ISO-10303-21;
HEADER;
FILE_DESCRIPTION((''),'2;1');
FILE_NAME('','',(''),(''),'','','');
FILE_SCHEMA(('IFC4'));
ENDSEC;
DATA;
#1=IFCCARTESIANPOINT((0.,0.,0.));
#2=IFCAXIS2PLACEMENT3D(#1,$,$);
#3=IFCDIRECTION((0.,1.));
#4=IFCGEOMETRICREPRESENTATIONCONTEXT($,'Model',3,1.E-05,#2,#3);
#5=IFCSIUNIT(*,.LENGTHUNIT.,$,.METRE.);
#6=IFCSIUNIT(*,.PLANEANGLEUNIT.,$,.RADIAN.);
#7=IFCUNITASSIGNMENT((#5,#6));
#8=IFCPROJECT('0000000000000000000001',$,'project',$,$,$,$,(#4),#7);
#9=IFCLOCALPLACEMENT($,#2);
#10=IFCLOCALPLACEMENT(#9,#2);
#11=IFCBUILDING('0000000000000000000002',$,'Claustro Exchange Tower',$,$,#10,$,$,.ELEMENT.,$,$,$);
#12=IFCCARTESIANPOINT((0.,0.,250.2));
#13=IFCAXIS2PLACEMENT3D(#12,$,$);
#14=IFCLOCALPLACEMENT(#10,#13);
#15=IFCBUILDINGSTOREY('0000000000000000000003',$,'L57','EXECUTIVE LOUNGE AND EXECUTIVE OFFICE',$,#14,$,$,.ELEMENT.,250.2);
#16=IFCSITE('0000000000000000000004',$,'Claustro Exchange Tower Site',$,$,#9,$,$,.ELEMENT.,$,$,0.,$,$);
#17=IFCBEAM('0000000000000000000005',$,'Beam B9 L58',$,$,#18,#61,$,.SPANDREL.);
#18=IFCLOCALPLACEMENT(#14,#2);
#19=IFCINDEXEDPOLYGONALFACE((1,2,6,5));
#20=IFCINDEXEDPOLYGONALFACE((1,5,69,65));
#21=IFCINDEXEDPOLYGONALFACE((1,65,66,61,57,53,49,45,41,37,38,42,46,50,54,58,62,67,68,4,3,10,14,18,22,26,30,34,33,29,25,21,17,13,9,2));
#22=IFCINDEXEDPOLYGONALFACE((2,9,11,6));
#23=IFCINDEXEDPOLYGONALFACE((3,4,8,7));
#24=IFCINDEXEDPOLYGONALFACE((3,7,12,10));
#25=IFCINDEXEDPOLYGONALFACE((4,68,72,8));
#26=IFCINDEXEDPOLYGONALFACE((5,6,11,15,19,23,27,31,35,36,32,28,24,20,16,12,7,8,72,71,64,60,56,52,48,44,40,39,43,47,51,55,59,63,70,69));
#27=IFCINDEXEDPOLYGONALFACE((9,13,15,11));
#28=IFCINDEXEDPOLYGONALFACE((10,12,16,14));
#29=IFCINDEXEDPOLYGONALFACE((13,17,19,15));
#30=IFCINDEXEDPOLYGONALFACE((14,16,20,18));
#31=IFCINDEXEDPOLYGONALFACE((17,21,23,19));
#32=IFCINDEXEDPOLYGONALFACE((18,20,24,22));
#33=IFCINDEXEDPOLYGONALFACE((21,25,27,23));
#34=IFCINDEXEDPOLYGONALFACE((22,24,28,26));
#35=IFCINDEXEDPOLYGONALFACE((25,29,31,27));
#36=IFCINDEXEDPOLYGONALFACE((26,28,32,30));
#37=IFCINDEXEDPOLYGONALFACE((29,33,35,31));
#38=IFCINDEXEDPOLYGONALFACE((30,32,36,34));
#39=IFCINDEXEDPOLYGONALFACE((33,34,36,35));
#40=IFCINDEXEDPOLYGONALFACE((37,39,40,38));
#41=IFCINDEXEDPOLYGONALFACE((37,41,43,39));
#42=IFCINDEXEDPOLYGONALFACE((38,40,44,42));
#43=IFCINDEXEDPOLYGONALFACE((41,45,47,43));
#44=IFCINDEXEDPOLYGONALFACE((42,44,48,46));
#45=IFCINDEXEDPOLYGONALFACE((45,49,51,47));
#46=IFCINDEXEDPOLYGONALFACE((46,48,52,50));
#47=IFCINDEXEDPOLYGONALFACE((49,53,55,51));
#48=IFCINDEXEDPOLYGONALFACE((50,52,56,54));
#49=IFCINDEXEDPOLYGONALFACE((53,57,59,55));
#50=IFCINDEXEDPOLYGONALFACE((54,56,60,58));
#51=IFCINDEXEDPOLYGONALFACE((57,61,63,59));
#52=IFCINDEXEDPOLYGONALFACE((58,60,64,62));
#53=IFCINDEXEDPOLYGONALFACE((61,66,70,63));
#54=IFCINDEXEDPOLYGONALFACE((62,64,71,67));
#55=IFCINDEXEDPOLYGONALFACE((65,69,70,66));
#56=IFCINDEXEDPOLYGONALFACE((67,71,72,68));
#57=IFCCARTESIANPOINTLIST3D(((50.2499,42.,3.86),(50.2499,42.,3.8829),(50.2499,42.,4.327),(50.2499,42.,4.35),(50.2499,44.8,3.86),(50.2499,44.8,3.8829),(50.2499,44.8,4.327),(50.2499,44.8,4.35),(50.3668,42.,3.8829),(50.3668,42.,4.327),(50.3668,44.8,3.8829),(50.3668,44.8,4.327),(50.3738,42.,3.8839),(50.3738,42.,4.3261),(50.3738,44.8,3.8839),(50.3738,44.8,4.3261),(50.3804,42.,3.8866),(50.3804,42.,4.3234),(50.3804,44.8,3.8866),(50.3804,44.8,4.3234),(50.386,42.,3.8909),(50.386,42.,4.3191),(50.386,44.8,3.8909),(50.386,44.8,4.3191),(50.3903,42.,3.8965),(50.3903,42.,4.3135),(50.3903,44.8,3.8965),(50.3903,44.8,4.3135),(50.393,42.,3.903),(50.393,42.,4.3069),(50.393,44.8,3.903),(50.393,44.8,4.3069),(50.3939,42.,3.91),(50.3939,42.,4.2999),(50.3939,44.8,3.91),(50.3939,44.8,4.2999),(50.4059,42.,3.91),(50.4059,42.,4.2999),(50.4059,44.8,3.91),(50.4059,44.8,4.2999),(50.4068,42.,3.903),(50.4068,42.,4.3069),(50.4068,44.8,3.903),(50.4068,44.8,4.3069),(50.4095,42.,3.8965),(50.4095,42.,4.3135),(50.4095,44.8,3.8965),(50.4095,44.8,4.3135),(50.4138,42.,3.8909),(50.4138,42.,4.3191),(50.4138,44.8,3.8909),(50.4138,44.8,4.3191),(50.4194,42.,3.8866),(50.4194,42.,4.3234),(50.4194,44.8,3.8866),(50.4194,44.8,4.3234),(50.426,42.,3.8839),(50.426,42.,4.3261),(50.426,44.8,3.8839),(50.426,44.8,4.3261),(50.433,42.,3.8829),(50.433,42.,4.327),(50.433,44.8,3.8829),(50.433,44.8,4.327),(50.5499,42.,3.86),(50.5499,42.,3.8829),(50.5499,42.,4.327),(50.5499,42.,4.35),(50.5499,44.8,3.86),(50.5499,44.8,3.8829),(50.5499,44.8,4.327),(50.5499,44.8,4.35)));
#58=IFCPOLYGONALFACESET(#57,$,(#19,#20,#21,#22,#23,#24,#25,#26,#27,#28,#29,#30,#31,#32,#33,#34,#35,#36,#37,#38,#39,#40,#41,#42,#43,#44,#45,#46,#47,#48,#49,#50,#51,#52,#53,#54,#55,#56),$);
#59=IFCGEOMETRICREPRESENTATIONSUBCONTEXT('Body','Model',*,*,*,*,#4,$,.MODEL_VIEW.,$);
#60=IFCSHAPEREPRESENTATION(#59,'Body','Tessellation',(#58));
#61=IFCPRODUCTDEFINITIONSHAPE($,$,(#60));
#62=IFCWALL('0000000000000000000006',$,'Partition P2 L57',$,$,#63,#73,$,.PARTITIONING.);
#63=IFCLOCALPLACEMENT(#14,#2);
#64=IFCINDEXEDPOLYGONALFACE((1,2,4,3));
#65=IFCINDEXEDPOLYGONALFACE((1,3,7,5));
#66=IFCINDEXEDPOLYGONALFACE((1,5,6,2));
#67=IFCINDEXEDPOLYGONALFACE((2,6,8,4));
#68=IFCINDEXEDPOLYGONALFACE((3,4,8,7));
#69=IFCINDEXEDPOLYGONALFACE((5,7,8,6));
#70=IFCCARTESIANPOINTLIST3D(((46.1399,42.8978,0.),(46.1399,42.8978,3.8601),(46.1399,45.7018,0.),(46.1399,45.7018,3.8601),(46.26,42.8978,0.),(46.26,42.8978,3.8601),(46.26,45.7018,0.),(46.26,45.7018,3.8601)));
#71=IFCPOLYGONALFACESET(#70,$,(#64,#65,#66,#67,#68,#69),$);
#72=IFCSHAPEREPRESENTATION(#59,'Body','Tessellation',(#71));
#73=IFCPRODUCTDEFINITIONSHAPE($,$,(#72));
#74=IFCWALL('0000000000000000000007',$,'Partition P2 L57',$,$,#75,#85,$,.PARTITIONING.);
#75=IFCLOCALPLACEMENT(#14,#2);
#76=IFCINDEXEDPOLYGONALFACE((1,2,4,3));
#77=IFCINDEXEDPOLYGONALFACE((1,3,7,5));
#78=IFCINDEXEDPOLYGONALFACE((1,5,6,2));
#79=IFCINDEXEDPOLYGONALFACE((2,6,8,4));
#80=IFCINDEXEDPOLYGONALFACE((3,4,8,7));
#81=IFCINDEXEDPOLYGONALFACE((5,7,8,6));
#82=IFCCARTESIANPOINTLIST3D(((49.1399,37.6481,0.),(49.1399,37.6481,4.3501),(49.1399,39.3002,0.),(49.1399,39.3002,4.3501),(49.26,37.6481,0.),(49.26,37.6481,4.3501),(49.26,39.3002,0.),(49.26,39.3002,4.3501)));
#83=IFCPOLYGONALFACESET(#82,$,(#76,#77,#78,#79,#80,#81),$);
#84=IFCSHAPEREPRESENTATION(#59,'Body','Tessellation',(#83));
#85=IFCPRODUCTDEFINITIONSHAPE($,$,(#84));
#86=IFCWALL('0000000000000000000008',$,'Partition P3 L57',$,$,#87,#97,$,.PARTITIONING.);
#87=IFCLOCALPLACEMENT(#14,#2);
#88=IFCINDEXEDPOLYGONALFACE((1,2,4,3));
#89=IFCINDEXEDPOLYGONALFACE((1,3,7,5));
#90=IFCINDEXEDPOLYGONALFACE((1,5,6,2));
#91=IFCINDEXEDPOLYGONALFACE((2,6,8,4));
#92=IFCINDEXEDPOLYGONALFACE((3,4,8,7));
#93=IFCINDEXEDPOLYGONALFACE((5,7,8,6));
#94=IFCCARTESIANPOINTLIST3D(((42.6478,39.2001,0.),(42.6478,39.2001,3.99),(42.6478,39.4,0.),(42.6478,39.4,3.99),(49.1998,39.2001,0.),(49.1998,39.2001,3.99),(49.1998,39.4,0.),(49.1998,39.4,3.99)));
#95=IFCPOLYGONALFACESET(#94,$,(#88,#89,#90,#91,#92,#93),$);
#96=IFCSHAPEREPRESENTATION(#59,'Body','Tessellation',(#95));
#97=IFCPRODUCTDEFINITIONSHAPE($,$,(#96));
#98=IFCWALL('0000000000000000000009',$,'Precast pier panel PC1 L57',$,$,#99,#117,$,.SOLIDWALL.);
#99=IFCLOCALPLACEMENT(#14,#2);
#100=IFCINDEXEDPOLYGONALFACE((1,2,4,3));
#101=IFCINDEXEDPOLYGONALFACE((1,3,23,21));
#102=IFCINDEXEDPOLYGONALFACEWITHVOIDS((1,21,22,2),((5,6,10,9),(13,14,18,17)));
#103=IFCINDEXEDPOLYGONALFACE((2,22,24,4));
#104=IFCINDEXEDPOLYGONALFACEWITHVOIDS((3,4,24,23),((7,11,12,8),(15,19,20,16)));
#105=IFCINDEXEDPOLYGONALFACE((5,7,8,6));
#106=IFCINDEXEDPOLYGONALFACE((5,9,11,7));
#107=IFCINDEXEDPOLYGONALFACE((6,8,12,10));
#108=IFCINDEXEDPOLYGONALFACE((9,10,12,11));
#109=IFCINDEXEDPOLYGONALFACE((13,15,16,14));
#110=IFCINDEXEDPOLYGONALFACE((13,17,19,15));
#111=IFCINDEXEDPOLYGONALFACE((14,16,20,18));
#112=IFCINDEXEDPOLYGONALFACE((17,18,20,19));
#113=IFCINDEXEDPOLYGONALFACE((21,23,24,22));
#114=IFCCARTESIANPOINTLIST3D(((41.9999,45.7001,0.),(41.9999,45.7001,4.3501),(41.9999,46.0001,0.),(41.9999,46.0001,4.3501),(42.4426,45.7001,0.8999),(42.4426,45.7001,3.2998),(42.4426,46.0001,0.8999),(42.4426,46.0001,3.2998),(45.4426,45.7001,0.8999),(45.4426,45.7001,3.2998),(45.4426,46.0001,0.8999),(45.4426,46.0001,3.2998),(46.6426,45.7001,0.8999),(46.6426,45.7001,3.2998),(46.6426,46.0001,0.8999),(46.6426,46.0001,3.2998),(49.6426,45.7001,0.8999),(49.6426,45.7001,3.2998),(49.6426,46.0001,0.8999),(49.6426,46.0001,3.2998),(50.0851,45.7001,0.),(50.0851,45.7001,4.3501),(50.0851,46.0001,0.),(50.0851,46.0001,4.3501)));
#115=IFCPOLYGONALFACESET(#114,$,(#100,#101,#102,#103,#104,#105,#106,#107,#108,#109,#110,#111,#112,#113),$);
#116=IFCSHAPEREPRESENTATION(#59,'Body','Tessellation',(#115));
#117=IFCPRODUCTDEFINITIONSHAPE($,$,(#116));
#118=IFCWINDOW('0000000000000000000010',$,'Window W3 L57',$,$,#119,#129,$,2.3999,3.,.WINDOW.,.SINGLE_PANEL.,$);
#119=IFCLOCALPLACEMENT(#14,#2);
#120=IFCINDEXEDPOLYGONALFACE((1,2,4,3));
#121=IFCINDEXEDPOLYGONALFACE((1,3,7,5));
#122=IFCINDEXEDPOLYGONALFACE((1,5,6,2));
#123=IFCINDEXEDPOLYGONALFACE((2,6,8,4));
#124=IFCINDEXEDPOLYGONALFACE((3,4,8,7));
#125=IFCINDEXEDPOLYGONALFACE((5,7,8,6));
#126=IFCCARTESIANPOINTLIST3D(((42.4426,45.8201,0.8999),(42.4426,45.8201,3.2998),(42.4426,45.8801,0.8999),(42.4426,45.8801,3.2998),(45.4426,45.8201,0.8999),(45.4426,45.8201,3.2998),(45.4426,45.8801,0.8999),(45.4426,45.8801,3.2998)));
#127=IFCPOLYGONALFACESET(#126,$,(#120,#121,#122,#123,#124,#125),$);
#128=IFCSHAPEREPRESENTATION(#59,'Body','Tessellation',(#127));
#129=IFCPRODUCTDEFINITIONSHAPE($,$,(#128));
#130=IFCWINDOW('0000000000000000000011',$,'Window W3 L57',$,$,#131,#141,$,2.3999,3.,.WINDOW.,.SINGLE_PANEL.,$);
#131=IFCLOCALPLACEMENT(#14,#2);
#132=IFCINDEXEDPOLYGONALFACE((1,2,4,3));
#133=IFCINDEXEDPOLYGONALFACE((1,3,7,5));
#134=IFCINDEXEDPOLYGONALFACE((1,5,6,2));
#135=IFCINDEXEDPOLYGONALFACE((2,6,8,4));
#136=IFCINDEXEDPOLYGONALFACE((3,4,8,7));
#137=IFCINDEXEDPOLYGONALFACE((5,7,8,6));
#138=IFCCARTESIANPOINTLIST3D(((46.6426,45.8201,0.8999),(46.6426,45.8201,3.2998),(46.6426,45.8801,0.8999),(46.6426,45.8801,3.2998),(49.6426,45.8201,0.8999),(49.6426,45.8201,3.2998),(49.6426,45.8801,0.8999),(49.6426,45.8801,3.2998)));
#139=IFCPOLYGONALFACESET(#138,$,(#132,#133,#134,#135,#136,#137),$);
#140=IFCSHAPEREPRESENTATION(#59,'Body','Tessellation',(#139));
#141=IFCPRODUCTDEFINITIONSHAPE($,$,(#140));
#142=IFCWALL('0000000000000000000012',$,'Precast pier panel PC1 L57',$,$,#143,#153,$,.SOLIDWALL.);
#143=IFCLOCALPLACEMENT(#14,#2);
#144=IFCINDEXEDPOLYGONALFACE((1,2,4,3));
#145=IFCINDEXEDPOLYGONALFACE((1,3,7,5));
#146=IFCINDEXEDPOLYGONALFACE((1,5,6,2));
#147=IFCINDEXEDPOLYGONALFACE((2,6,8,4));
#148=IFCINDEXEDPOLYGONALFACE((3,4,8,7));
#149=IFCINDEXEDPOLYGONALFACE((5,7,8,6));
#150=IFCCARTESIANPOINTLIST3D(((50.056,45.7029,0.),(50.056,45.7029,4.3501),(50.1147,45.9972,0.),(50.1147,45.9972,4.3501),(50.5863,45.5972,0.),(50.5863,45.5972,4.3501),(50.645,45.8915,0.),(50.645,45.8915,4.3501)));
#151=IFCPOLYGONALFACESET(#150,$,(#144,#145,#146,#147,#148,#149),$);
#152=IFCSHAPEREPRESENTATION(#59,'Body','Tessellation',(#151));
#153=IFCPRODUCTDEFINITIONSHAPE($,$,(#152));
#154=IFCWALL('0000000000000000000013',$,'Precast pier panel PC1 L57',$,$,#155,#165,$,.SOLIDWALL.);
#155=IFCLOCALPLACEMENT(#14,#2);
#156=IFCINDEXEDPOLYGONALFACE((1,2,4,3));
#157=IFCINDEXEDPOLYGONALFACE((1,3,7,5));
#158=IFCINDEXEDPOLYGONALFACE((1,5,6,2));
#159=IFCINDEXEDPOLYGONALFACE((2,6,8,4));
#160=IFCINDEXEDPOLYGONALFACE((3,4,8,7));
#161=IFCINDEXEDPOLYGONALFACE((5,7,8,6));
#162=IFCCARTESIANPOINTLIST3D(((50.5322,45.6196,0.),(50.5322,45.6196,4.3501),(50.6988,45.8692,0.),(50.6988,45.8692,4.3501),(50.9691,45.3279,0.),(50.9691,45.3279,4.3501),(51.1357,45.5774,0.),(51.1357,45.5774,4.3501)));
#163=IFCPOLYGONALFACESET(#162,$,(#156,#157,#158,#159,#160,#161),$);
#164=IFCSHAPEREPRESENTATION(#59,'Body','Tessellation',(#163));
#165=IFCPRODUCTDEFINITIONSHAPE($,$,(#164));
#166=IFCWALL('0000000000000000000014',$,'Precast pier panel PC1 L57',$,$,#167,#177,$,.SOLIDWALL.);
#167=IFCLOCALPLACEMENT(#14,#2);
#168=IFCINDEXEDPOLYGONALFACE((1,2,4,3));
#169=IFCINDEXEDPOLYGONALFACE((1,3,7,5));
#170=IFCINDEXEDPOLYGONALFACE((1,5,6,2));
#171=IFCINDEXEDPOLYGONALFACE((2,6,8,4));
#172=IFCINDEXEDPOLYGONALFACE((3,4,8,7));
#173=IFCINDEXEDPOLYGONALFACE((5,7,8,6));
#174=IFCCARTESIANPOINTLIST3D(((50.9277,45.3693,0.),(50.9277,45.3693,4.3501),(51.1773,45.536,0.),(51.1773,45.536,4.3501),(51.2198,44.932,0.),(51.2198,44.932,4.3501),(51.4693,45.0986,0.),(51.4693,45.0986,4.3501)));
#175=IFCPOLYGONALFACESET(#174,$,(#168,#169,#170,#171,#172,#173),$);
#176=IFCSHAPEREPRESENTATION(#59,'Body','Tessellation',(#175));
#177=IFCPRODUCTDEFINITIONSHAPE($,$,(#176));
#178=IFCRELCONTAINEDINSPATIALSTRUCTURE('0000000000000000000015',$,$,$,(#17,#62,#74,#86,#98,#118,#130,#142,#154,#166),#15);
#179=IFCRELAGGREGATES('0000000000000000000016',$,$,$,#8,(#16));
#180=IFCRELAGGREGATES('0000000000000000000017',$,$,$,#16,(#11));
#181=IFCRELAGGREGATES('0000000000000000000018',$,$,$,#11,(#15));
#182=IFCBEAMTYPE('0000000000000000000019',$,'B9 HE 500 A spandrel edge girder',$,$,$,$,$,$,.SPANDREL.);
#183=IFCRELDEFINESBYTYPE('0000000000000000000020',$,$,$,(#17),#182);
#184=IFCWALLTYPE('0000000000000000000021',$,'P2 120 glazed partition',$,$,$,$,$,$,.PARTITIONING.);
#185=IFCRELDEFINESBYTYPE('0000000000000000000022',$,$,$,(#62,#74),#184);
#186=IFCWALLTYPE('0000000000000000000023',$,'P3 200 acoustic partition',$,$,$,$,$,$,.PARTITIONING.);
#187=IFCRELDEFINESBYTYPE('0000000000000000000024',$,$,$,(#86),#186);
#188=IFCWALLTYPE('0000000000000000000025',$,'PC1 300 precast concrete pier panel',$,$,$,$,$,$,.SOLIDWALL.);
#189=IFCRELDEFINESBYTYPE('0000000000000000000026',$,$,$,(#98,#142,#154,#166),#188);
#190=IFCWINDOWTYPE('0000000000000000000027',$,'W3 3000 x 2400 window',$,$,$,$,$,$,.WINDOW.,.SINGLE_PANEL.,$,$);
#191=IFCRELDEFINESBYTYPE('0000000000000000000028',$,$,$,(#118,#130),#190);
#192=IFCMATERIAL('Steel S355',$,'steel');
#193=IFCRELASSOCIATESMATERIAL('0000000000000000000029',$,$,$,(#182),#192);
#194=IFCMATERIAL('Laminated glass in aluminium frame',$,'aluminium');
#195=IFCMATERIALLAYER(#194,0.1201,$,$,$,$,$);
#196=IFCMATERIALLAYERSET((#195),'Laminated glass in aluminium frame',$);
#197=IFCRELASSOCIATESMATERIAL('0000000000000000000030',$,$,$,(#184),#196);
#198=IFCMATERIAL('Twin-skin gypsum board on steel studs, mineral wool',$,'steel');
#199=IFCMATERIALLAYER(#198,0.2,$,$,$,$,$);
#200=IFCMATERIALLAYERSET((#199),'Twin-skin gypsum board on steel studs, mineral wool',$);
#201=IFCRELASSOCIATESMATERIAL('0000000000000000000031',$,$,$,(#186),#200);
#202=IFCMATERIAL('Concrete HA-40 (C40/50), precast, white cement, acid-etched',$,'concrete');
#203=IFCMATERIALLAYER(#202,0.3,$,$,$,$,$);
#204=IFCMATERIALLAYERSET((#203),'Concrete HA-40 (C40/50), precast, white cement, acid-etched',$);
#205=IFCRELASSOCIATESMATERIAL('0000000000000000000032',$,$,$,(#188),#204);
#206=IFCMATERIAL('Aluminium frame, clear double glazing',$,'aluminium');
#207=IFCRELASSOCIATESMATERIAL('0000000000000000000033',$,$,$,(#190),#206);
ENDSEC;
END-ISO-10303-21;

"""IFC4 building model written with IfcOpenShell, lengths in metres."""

from ifc_helpers import new_model, si_unit, direction, frame, frame_2d, origin, origin_2d, place, context, subcontext, project, spatial, rectangle, i_section, extrude, material, layer, layer_set, material_profile, profile_set, type_object, element, fill, save


model = new_model("IFC4")

# Units and contexts
model_context = context("Model", 3, precision=1e-05, world=origin(), true_north=direction((0.0, 1.0)))
body_context = subcontext(model_context, "Body", "Model", "MODEL_VIEW")
ifc_project = project(units=[si_unit("LENGTHUNIT", "METRE"), si_unit("PLANEANGLEUNIT", "RADIAN")], contexts=[model_context])

# Site, building, storey
site_placement = place(None, origin())
site = spatial("IfcSite", under=ifc_project, at=site_placement, Name="Claustro Exchange Tower Site", CompositionType="ELEMENT", RefElevation=0.0)
building_placement = place(site_placement, origin())
building = spatial("IfcBuilding", under=site, at=building_placement, Name="Claustro Exchange Tower", CompositionType="ELEMENT")
storey_placement = place(building_placement, frame((0.0, 0.0, 250.2)))
storey = spatial("IfcBuildingStorey", under=building, at=storey_placement, Name="L57", Description="EXECUTIVE LOUNGE AND EXECUTIVE OFFICE", CompositionType="ELEMENT", Elevation=250.2)

# Beam
ifc_material_1 = material(Name="Steel S355", Category="steel")
ifc_material_profile_1 = material_profile(ifc_material_1, i_section(OverallWidth=0.3, OverallDepth=0.49, WebThickness=0.012, FlangeThickness=0.0229, FilletRadius=0.0271, at=origin_2d()), Name="HE 500 A")
ifc_profile_set_1 = profile_set([ifc_material_profile_1], Name="Steel S355")
beam_type_1 = type_object("IfcBeamType", Name="B9 HE 500 A spandrel edge girder", PredefinedType="SPANDREL", material=ifc_profile_set_1)
beam_1_placement = place(storey_placement, frame((50.3999, 42.0, 4.105), z_axis=(0.0, 1.0, 0.0), x_axis=(-1.0, 0.0, 0.0)))
element("IfcBeam", 1, at=beam_1_placement, inside=storey, type_object=beam_type_1, Name="Beam B9 L58", PredefinedType="SPANDREL", context=body_context, shape_type="SweptSolid", body=[
    extrude(i_section(OverallWidth=0.3, OverallDepth=0.49, WebThickness=0.012, FlangeThickness=0.0229, FilletRadius=0.0271, at=origin_2d()), origin(), (0.0, 0.0, 1.0), 2.8),
])

# Wall
ifc_material_2 = material(Name="Laminated glass in aluminium frame", Category="aluminium")
ifc_layer_1 = layer(ifc_material_2, 0.1201)
ifc_layer_set_1 = layer_set([ifc_layer_1], Name="Laminated glass in aluminium frame")
wall_type_1 = type_object("IfcWallType", Name="P2 120 glazed partition", PredefinedType="PARTITIONING", material=ifc_layer_set_1)
wall_1_placement = place(storey_placement, frame((46.2, 42.8979, 0.0), z_axis=(0.0, 0.0, 1.0), x_axis=(0.0, 1.0, 0.0)))
element("IfcWall", 2, at=wall_1_placement, inside=storey, type_object=wall_type_1, Name="Partition P2 L57", PredefinedType="PARTITIONING", context=body_context, shape_type="SweptSolid", body=[
    extrude(rectangle(XDim=2.804, YDim=0.1201, at=frame_2d((1.4019, 0.0))), origin(), (0.0, 0.0, 1.0), 3.8601),
])

# Walls
wall_2_placement = place(storey_placement, frame((49.2, 37.6479, 0.0), z_axis=(0.0, 0.0, 1.0), x_axis=(0.0, 1.0, 0.0)))
element("IfcWall", 3, at=wall_2_placement, inside=storey, type_object=wall_type_1, Name="Partition P2 L57", PredefinedType="PARTITIONING", context=body_context, shape_type="SweptSolid", body=[
    extrude(rectangle(XDim=1.6521, YDim=0.1201, at=frame_2d((0.8262, 0.0))), origin(), (0.0, 0.0, 1.0), 4.3501),
])
ifc_material_3 = material(Name="Twin-skin gypsum board on steel studs, mineral wool", Category="steel")
ifc_layer_2 = layer(ifc_material_3, 0.2)
ifc_layer_set_2 = layer_set([ifc_layer_2], Name="Twin-skin gypsum board on steel studs, mineral wool")
wall_type_2 = type_object("IfcWallType", Name="P3 200 acoustic partition", PredefinedType="PARTITIONING", material=ifc_layer_set_2)
wall_3_placement = place(storey_placement, frame((42.6479, 39.3, 0.0), z_axis=(0.0, 0.0, 1.0), x_axis=(1.0, 0.0, 0.0)))
element("IfcWall", 4, at=wall_3_placement, inside=storey, type_object=wall_type_2, Name="Partition P3 L57", PredefinedType="PARTITIONING", context=body_context, shape_type="SweptSolid", body=[
    extrude(rectangle(XDim=6.552, YDim=0.2, at=frame_2d((3.2759, 0.0))), origin(), (0.0, 0.0, 1.0), 3.99),
])

# Wall, openings, windows
ifc_material_4 = material(Name="Concrete HA-40 (C40/50), precast, white cement, acid-etched", Category="concrete")
ifc_layer_3 = layer(ifc_material_4, 0.3)
ifc_layer_set_3 = layer_set([ifc_layer_3], Name="Concrete HA-40 (C40/50), precast, white cement, acid-etched")
wall_type_3 = type_object("IfcWallType", Name="PC1 300 precast concrete pier panel", PredefinedType="SOLIDWALL", material=ifc_layer_set_3)
wall_4_placement = place(storey_placement, frame((42.0, 45.8501, 0.0), z_axis=(0.0, 0.0, 1.0), x_axis=(1.0, 0.0, 0.0)))
wall_4 = element("IfcWall", 5, at=wall_4_placement, inside=storey, type_object=wall_type_3, Name="Precast pier panel PC1 L57", PredefinedType="SOLIDWALL", context=body_context, shape_type="SweptSolid", body=[
    extrude(rectangle(XDim=8.0852, YDim=0.3, at=frame_2d((4.0425, 0.0))), origin(), (0.0, 0.0, 1.0), 4.3501),
])
opening_1_placement = place(wall_4_placement, frame((0.4426, 0.0, 0.8999)))
opening_1 = element("IfcOpeningElement", 6, at=opening_1_placement, cuts=wall_4, PredefinedType="OPENING", context=body_context, shape_type="SweptSolid", body=[
    extrude(rectangle(XDim=3.0, YDim=2.3999, at=frame_2d((1.5, 1.2))), frame((0.0, 0.1599, 0.0), z_axis=(0.0, -1.0, 0.0), x_axis=(1.0, 0.0, 0.0)), (0.0, 0.0, 1.0), 0.3201),
])
opening_2_placement = place(wall_4_placement, frame((4.6426, 0.0, 0.8999)))
opening_2 = element("IfcOpeningElement", 7, at=opening_2_placement, cuts=wall_4, PredefinedType="OPENING", context=body_context, shape_type="SweptSolid", body=[
    extrude(rectangle(XDim=3.0, YDim=2.3999, at=frame_2d((1.5, 1.2))), frame((0.0, 0.1599, 0.0), z_axis=(0.0, -1.0, 0.0), x_axis=(1.0, 0.0, 0.0)), (0.0, 0.0, 1.0), 0.3201),
])
ifc_material_5 = material(Name="Aluminium frame, clear double glazing", Category="aluminium")
window_type_1 = type_object("IfcWindowType", Name="W3 3000 x 2400 window", PartitioningType="SINGLE_PANEL", PredefinedType="WINDOW", material=ifc_material_5)
window_1_placement = place(opening_1_placement, origin())
window_1 = element("IfcWindow", 8, at=window_1_placement, inside=storey, type_object=window_type_1, Name="Window W3 L57", OverallHeight=2.3999, OverallWidth=3.0, PartitioningType="SINGLE_PANEL", PredefinedType="WINDOW", context=body_context, shape_type="SweptSolid", body=[
    extrude(rectangle(XDim=3.0, YDim=2.3999, at=frame_2d((1.5, 1.2))), frame((0.0, 0.03, 0.0), z_axis=(0.0, -1.0, 0.0), x_axis=(1.0, 0.0, 0.0)), (0.0, 0.0, 1.0), 0.0601),
])
fill(opening_1, window_1)
window_2_placement = place(opening_2_placement, origin())
window_2 = element("IfcWindow", 9, at=window_2_placement, inside=storey, type_object=window_type_1, Name="Window W3 L57", OverallHeight=2.3999, OverallWidth=3.0, PartitioningType="SINGLE_PANEL", PredefinedType="WINDOW", context=body_context, shape_type="SweptSolid", body=[
    extrude(rectangle(XDim=3.0, YDim=2.3999, at=frame_2d((1.5, 1.2))), frame((0.0, 0.03, 0.0), z_axis=(0.0, -1.0, 0.0), x_axis=(1.0, 0.0, 0.0)), (0.0, 0.0, 1.0), 0.0601),
])
fill(opening_2, window_2)

# Walls
wall_5_placement = place(storey_placement, frame((50.0852, 45.8501, 0.0), z_axis=(0.0, 0.0, 1.0), x_axis=(0.980702, -0.195508, 0.0)))
element("IfcWall", 10, at=wall_5_placement, inside=storey, type_object=wall_type_3, Name="Precast pier panel PC1 L57", PredefinedType="SOLIDWALL", context=body_context, shape_type="SweptSolid", body=[
    extrude(rectangle(XDim=0.5408, YDim=0.3, at=frame_2d((0.2705, 0.0))), origin(), (0.0, 0.0, 1.0), 4.3501),
])
wall_6_placement = place(storey_placement, frame((50.6155, 45.7444, 0.0), z_axis=(0.0, 0.0, 1.0), x_axis=(0.831693, -0.555236, 0.0)))
element("IfcWall", 11, at=wall_6_placement, inside=storey, type_object=wall_type_3, Name="Precast pier panel PC1 L57", PredefinedType="SOLIDWALL", context=body_context, shape_type="SweptSolid", body=[
    extrude(rectangle(XDim=0.5254, YDim=0.3, at=frame_2d((0.2627, 0.0))), origin(), (0.0, 0.0, 1.0), 4.3501),
])
wall_7_placement = place(storey_placement, frame((51.0525, 45.4526, 0.0), z_axis=(0.0, 0.0, 1.0), x_axis=(0.555343, -0.831621, 0.0)))
element("IfcWall", 12, at=wall_7_placement, inside=storey, type_object=wall_type_3, Name="Precast pier panel PC1 L57", PredefinedType="SOLIDWALL", context=body_context, shape_type="SweptSolid", body=[
    extrude(rectangle(XDim=0.5259, YDim=0.3, at=frame_2d((0.2629, 0.0))), origin(), (0.0, 0.0, 1.0), 4.3501),
])

save(model, "model.ifc")
